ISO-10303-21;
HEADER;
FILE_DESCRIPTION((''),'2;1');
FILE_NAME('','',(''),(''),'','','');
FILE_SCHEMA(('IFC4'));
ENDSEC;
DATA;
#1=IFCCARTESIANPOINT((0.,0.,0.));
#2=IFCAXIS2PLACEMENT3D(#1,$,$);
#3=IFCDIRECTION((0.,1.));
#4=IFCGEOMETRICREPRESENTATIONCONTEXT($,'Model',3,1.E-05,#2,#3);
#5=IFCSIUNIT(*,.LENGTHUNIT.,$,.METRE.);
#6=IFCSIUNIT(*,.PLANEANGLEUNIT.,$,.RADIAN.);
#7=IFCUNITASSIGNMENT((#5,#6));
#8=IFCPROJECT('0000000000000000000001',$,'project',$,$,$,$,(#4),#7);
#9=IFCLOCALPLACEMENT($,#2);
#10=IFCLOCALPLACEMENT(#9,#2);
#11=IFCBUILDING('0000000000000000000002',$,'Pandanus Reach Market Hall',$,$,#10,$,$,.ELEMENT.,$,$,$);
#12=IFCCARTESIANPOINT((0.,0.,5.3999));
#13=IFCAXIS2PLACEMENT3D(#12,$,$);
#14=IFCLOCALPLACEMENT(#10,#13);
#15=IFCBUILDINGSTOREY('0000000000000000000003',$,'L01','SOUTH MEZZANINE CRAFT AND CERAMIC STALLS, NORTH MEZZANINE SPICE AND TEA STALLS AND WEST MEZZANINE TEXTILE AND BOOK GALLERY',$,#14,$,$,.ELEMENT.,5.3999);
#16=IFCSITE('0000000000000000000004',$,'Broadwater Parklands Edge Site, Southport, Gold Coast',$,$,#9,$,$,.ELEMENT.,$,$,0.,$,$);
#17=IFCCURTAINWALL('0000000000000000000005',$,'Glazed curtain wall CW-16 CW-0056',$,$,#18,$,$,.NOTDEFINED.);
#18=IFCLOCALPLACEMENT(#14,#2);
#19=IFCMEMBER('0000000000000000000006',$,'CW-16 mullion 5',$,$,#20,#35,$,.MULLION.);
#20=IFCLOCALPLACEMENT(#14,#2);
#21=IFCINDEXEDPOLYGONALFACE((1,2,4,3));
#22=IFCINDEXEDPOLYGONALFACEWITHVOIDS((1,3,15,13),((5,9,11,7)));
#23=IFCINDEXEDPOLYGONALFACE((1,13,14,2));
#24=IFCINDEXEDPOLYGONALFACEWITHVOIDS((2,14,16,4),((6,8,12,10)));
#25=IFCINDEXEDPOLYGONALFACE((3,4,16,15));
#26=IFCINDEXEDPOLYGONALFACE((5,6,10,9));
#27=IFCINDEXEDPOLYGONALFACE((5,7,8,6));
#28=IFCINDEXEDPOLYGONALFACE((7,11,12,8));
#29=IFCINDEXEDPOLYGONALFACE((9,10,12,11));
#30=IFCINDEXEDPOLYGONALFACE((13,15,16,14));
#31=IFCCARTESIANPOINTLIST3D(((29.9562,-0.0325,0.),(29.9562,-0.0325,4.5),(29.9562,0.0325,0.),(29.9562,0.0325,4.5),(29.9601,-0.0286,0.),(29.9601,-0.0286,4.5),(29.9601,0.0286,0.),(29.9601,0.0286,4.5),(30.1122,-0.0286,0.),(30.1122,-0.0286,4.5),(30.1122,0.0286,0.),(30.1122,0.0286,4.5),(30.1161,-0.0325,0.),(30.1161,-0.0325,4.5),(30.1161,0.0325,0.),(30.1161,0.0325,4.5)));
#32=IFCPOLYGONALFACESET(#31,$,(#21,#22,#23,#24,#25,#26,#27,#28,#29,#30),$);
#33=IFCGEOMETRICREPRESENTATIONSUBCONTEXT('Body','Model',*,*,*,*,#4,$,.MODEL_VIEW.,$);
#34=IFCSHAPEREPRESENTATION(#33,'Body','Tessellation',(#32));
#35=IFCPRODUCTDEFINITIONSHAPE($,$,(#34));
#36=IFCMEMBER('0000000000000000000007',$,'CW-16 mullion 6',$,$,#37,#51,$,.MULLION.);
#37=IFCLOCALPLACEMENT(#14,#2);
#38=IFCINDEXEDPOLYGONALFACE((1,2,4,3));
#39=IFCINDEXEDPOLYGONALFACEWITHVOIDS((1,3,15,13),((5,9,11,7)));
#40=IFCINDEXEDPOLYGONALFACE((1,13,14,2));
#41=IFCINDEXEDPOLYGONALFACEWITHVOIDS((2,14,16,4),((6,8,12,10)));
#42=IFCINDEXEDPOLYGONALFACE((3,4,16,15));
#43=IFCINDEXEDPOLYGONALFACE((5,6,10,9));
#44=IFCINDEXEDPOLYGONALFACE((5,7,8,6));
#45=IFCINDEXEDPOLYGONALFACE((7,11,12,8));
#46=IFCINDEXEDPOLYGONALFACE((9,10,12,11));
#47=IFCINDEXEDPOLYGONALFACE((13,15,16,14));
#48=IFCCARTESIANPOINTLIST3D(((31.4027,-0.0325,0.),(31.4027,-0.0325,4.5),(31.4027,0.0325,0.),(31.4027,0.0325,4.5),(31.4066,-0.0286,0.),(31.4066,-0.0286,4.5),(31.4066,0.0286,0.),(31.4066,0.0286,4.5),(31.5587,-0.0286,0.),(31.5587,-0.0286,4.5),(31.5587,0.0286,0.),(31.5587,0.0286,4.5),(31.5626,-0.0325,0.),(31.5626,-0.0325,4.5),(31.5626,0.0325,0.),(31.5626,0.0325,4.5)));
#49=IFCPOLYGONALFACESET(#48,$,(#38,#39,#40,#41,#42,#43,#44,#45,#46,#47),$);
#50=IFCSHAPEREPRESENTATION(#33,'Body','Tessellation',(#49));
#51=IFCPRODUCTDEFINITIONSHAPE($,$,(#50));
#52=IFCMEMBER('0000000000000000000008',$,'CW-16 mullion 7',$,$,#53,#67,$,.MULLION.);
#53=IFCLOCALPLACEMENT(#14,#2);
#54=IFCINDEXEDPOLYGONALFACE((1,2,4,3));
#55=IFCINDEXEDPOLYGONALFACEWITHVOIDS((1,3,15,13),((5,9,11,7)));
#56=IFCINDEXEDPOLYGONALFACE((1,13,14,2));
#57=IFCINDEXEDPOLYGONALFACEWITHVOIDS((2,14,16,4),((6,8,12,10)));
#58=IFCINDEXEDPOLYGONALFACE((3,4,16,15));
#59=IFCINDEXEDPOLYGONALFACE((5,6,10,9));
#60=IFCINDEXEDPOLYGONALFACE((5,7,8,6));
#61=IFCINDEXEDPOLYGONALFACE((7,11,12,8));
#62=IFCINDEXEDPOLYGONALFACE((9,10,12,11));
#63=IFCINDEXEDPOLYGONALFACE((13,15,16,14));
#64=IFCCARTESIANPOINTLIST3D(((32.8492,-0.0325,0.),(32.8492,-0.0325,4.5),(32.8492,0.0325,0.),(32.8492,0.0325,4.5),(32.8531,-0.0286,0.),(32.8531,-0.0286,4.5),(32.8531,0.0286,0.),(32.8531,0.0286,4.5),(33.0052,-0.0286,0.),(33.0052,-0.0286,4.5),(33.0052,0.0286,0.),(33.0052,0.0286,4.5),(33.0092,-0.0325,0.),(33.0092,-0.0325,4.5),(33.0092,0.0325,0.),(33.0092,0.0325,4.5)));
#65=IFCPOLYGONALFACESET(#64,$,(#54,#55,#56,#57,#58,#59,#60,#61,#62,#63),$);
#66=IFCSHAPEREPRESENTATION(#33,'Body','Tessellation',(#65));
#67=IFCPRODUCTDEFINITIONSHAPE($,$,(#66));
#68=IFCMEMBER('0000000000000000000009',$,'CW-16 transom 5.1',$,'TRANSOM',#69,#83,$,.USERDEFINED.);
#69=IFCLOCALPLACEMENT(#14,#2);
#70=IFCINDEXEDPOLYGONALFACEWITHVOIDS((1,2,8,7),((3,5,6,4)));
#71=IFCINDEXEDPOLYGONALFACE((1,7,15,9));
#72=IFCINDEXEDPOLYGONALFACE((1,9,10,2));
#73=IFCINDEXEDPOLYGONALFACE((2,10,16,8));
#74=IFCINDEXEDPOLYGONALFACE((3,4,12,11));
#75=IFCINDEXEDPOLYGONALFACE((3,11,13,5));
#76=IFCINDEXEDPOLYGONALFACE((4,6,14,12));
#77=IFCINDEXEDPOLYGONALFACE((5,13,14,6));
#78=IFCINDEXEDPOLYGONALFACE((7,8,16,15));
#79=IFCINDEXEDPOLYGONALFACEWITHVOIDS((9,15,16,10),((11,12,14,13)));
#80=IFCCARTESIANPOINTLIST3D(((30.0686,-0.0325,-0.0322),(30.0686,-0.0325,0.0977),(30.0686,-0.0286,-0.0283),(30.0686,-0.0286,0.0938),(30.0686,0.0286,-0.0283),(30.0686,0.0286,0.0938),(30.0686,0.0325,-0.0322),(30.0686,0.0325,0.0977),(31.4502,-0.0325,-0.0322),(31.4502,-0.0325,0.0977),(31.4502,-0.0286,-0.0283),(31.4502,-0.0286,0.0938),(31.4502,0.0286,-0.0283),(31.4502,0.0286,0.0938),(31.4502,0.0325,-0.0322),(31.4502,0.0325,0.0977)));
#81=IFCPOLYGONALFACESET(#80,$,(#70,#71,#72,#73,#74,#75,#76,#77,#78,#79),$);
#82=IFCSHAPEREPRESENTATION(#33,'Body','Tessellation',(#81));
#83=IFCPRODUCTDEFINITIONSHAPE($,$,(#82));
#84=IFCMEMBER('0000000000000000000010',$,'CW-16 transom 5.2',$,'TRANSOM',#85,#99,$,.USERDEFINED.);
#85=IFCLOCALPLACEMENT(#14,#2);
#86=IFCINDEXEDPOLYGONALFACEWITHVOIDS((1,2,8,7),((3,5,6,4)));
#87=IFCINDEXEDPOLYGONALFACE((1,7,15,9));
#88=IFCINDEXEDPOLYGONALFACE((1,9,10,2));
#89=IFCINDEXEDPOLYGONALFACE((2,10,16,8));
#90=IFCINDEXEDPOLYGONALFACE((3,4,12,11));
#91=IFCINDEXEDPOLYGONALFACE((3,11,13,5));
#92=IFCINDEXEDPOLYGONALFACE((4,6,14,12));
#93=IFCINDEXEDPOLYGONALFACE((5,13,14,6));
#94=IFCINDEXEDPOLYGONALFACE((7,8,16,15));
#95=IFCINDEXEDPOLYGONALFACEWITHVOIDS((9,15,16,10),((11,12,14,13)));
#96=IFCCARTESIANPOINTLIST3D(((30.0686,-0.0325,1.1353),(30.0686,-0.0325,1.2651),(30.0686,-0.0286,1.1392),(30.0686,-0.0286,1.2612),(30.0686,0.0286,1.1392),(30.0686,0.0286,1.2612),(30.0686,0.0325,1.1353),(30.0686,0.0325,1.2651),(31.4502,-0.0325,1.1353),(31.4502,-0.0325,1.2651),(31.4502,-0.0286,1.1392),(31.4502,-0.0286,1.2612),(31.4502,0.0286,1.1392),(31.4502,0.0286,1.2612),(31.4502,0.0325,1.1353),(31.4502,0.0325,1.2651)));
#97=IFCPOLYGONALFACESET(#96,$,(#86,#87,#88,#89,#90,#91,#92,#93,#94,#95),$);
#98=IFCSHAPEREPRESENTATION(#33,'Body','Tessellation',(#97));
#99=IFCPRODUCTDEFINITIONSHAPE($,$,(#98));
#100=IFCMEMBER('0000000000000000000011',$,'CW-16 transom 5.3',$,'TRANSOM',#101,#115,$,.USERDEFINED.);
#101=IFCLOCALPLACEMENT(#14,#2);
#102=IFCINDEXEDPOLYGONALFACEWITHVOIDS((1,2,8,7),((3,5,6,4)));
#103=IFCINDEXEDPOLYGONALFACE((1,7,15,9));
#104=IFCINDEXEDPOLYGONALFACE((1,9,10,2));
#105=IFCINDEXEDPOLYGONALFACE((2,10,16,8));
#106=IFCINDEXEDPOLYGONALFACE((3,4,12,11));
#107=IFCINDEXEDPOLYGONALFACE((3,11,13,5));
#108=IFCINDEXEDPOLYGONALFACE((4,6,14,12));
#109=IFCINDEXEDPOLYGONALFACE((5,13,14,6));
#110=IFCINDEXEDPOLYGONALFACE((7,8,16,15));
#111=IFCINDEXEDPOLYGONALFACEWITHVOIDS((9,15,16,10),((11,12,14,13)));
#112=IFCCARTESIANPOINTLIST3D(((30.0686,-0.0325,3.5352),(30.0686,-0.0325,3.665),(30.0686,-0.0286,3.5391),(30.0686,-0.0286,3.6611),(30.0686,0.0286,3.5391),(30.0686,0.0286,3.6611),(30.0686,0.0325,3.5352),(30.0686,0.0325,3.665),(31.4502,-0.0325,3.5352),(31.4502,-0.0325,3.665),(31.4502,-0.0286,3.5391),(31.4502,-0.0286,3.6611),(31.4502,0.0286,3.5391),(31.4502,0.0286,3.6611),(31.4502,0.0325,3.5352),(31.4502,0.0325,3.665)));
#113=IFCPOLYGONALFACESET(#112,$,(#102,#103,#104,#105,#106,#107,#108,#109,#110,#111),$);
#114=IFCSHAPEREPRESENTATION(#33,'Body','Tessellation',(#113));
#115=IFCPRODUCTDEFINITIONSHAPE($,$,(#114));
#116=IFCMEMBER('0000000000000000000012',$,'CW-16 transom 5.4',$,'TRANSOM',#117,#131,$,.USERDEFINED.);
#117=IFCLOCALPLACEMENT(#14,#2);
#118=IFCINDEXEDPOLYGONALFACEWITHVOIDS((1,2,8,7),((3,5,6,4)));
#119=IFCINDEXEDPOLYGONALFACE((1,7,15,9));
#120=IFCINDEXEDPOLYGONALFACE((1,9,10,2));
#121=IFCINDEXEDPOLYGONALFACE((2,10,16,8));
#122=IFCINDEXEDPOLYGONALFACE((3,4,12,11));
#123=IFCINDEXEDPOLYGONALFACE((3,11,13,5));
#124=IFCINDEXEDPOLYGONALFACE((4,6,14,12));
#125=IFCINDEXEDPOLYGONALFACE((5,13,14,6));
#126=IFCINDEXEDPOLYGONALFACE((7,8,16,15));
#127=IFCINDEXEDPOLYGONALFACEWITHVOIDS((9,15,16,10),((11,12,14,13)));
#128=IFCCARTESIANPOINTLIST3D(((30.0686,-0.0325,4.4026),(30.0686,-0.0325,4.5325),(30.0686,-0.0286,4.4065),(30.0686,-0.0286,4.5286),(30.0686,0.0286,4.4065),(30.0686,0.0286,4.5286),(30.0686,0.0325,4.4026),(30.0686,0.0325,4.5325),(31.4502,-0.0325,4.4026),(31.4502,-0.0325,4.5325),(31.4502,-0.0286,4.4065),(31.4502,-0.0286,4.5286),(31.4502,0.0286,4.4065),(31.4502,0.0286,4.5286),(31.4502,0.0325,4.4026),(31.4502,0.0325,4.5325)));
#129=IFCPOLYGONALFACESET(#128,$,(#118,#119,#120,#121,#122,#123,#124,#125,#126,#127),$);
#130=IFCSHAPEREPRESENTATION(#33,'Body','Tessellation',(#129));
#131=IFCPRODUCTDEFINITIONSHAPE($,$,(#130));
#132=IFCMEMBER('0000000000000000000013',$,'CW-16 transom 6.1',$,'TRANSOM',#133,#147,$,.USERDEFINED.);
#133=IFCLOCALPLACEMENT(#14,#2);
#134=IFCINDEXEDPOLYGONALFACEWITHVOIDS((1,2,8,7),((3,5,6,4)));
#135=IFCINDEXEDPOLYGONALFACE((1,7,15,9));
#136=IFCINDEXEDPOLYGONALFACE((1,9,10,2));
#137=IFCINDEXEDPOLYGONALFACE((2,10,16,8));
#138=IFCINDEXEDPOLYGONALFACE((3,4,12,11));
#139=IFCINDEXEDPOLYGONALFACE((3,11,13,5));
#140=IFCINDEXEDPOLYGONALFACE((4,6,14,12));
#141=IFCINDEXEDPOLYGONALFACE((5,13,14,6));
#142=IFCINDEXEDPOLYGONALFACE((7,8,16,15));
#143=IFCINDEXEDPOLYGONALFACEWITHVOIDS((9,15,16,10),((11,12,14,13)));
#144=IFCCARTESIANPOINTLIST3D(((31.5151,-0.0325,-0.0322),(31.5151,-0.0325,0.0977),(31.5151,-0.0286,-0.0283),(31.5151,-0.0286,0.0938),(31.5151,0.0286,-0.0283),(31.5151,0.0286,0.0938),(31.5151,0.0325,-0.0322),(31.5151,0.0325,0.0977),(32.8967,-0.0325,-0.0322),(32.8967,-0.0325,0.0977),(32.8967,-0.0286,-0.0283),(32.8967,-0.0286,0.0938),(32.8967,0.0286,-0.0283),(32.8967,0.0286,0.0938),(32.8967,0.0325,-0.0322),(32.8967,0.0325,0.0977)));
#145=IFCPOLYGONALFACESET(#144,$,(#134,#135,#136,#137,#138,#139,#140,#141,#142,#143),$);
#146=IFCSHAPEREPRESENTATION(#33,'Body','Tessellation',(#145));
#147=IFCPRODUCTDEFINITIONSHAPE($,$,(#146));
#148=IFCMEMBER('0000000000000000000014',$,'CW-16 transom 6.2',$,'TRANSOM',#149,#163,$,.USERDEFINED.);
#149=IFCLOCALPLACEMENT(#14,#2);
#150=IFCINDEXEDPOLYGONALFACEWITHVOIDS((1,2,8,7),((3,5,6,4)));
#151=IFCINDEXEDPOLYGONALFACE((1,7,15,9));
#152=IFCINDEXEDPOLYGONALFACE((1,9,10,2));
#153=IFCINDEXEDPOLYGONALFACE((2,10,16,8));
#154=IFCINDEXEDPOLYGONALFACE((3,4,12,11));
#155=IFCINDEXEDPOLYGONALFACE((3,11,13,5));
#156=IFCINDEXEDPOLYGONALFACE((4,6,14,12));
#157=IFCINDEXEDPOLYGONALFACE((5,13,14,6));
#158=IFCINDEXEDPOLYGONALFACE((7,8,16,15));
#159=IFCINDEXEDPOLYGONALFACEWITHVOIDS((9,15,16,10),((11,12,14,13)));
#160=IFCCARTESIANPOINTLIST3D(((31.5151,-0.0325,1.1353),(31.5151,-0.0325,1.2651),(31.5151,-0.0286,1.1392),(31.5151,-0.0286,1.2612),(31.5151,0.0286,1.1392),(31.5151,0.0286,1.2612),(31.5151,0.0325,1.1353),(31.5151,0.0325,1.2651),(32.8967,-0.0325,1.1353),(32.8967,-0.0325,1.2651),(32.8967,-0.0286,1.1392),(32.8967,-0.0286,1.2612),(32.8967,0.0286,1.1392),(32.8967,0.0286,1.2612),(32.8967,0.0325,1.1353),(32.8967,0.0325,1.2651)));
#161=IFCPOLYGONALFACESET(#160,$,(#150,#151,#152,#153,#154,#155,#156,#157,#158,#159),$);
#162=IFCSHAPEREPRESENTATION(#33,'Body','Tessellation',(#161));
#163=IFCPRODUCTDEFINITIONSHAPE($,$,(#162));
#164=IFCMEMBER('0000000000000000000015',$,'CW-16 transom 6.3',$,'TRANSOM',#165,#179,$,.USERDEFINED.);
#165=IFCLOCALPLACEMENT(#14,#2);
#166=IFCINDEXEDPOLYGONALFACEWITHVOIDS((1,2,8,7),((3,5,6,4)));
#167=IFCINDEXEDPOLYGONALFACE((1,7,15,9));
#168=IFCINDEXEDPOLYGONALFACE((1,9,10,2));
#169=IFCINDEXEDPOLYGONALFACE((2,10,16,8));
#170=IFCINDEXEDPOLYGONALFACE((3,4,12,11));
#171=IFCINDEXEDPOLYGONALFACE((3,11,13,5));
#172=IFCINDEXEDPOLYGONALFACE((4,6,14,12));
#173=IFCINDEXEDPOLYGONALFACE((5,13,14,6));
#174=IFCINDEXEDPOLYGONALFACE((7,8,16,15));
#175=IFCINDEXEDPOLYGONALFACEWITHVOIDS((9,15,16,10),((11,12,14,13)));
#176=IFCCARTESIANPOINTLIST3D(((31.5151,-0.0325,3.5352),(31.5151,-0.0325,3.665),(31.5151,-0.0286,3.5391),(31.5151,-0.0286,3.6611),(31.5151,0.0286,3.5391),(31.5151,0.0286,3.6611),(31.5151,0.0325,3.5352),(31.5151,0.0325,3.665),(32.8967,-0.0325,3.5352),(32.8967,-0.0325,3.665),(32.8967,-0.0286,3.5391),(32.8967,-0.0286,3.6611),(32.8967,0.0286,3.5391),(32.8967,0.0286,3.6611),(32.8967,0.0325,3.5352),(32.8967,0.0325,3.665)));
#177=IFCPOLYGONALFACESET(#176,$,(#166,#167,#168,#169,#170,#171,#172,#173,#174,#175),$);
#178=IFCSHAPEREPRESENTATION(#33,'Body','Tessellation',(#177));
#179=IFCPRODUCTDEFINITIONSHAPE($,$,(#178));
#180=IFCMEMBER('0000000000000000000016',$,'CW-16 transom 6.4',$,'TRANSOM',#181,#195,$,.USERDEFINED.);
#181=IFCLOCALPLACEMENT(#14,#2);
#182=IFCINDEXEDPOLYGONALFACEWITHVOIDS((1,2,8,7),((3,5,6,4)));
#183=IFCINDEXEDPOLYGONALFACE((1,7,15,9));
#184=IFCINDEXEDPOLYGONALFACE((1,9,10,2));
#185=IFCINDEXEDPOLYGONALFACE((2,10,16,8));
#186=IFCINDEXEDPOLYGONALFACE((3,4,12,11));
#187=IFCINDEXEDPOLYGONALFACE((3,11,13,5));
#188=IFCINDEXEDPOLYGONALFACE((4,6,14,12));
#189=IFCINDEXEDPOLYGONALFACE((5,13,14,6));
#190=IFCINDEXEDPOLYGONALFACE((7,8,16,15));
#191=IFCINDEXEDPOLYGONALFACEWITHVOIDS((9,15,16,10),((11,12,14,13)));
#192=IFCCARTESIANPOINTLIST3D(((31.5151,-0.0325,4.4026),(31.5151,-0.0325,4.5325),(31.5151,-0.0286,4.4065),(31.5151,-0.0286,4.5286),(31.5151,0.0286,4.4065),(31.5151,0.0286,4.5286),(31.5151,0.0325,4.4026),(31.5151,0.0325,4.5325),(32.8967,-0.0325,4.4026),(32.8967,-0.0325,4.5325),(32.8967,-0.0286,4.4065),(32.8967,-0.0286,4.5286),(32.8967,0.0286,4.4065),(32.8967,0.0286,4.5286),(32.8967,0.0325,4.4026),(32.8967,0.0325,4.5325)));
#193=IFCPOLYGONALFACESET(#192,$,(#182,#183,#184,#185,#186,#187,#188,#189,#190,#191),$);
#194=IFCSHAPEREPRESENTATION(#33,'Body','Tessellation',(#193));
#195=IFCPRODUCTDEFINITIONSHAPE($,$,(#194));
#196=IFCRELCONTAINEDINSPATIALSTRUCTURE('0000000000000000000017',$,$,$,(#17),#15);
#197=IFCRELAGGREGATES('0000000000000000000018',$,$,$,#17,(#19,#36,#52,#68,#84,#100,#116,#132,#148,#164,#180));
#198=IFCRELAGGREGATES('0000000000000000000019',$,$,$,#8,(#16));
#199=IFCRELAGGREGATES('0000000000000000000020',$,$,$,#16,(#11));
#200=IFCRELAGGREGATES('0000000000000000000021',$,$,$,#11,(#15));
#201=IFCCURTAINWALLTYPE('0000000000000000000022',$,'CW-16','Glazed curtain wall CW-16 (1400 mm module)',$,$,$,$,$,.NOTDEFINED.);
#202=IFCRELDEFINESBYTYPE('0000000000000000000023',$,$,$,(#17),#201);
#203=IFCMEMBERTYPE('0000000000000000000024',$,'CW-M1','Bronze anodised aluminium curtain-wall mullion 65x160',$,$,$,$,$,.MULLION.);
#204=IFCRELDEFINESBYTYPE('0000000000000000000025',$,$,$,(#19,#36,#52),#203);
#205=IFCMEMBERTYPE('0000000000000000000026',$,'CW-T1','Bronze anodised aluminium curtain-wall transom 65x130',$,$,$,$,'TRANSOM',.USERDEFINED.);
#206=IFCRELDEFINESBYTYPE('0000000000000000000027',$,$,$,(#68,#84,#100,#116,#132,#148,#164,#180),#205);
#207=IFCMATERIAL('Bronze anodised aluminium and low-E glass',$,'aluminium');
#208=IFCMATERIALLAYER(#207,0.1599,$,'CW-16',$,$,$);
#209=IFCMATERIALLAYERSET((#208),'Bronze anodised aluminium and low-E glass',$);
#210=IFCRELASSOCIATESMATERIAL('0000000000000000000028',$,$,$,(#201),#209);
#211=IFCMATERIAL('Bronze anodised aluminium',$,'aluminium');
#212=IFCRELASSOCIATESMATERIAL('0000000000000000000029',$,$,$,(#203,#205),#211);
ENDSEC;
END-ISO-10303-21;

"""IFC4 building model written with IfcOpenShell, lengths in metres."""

from ifc_helpers import new_model, si_unit, direction, frame, origin, origin_2d, place, context, subcontext, project, spatial, hollow_rectangle, extrude, material, layer, layer_set, material_profile, profile_set, type_object, element, aggregate, save


model = new_model("IFC4")

# Units and contexts
model_context = context("Model", 3, precision=1e-05, world=origin(), true_north=direction((0.0, 1.0)))
body_context = subcontext(model_context, "Body", "Model", "MODEL_VIEW")
ifc_project = project(units=[si_unit("LENGTHUNIT", "METRE"), si_unit("PLANEANGLEUNIT", "RADIAN")], contexts=[model_context])

# Site, building, storey
site_placement = place(None, origin())
site = spatial("IfcSite", under=ifc_project, at=site_placement, Name="Broadwater Parklands Edge Site, Southport, Gold Coast", CompositionType="ELEMENT", RefElevation=0.0)
building_placement = place(site_placement, origin())
building = spatial("IfcBuilding", under=site, at=building_placement, Name="Pandanus Reach Market Hall", CompositionType="ELEMENT")
storey_placement = place(building_placement, frame((0.0, 0.0, 5.3999)))
storey = spatial("IfcBuildingStorey", under=building, at=storey_placement, Name="L01", Description="SOUTH MEZZANINE CRAFT AND CERAMIC STALLS, NORTH MEZZANINE SPICE AND TEA STALLS AND WEST MEZZANINE TEXTILE AND BOOK GALLERY", CompositionType="ELEMENT", Elevation=5.3999)

# Curtain wall, members
ifc_material_1 = material(Name="Bronze anodised aluminium and low-E glass", Category="aluminium")
ifc_layer_1 = layer(ifc_material_1, 0.1599, Name="CW-16")
ifc_layer_set_1 = layer_set([ifc_layer_1], Name="Bronze anodised aluminium and low-E glass")
curtain_wall_type = type_object("IfcCurtainWallType", Name="CW-16", Description="Glazed curtain wall CW-16 (1400 mm module)", PredefinedType="NOTDEFINED", material=ifc_layer_set_1)
curtain_wall_placement = place(storey_placement, origin())
curtain_wall = element("IfcCurtainWall", 1, at=curtain_wall_placement, inside=storey, type_object=curtain_wall_type, Name="Glazed curtain wall CW-16 CW-0056", PredefinedType="NOTDEFINED")
ifc_material_2 = material(Name="Bronze anodised aluminium", Category="aluminium")
ifc_material_profile_1 = material_profile(ifc_material_2, hollow_rectangle(XDim=0.0649, YDim=0.1599, WallThickness=0.0039, at=origin_2d()), Name="ALU65x160", Category="LoadBearing")
ifc_profile_set_1 = profile_set([ifc_material_profile_1], Name="Bronze anodised aluminium")
member_type_1 = type_object("IfcMemberType", Name="CW-M1", Description="Bronze anodised aluminium curtain-wall mullion 65x160", PredefinedType="MULLION", material=ifc_profile_set_1)
member_1_placement = place(storey_placement, frame((30.0361, 0.0, 0.0), z_axis=(0.0, 0.0, 1.0), x_axis=(0.0, 1.0, 0.0)))
member_1 = element("IfcMember", 2, at=member_1_placement, type_object=member_type_1, Name="CW-16 mullion 5", PredefinedType="MULLION", context=body_context, shape_type="SweptSolid", body=[
    extrude(hollow_rectangle(XDim=0.0649, YDim=0.1599, WallThickness=0.0039, at=origin_2d()), origin(), (0.0, 0.0, 1.0), 4.5),
])
member_2_placement = place(storey_placement, frame((31.4827, 0.0, 0.0), z_axis=(0.0, 0.0, 1.0), x_axis=(0.0, 1.0, 0.0)))
member_2 = element("IfcMember", 3, at=member_2_placement, type_object=member_type_1, Name="CW-16 mullion 6", PredefinedType="MULLION", context=body_context, shape_type="SweptSolid", body=[
    extrude(hollow_rectangle(XDim=0.0649, YDim=0.1599, WallThickness=0.0039, at=origin_2d()), origin(), (0.0, 0.0, 1.0), 4.5),
])
member_3_placement = place(storey_placement, frame((32.9292, 0.0, 0.0), z_axis=(0.0, 0.0, 1.0), x_axis=(0.0, 1.0, 0.0)))
member_3 = element("IfcMember", 4, at=member_3_placement, type_object=member_type_1, Name="CW-16 mullion 7", PredefinedType="MULLION", context=body_context, shape_type="SweptSolid", body=[
    extrude(hollow_rectangle(XDim=0.0649, YDim=0.1599, WallThickness=0.0039, at=origin_2d()), origin(), (0.0, 0.0, 1.0), 4.5),
])
ifc_material_profile_2 = material_profile(ifc_material_2, hollow_rectangle(XDim=0.0649, YDim=0.1299, WallThickness=0.0039, at=origin_2d()), Name="ALU65x130", Category="LoadBearing")
ifc_profile_set_2 = profile_set([ifc_material_profile_2], Name="Bronze anodised aluminium")
member_type_2 = type_object("IfcMemberType", Name="CW-T1", Description="Bronze anodised aluminium curtain-wall transom 65x130", ElementType="TRANSOM", PredefinedType="USERDEFINED", material=ifc_profile_set_2)
member_4_placement = place(storey_placement, frame((30.0686, 0.0, 0.0327), z_axis=(1.0, 0.0, 0.0), x_axis=(0.0, 1.0, 0.0)))
member_4 = element("IfcMember", 5, at=member_4_placement, type_object=member_type_2, Name="CW-16 transom 5.1", ObjectType="TRANSOM", PredefinedType="USERDEFINED", context=body_context, shape_type="SweptSolid", body=[
    extrude(hollow_rectangle(XDim=0.0649, YDim=0.1299, WallThickness=0.0039, at=origin_2d()), origin(), (0.0, 0.0, 1.0), 1.3816),
])
member_5_placement = place(storey_placement, frame((30.0686, 0.0, 1.2002), z_axis=(1.0, 0.0, 0.0), x_axis=(0.0, 1.0, 0.0)))
member_5 = element("IfcMember", 6, at=member_5_placement, type_object=member_type_2, Name="CW-16 transom 5.2", ObjectType="TRANSOM", PredefinedType="USERDEFINED", context=body_context, shape_type="SweptSolid", body=[
    extrude(hollow_rectangle(XDim=0.0649, YDim=0.1299, WallThickness=0.0039, at=origin_2d()), origin(), (0.0, 0.0, 1.0), 1.3816),
])
member_6_placement = place(storey_placement, frame((30.0686, 0.0, 3.6001), z_axis=(1.0, 0.0, 0.0), x_axis=(0.0, 1.0, 0.0)))
member_6 = element("IfcMember", 7, at=member_6_placement, type_object=member_type_2, Name="CW-16 transom 5.3", ObjectType="TRANSOM", PredefinedType="USERDEFINED", context=body_context, shape_type="SweptSolid", body=[
    extrude(hollow_rectangle(XDim=0.0649, YDim=0.1299, WallThickness=0.0039, at=origin_2d()), origin(), (0.0, 0.0, 1.0), 1.3816),
])
member_7_placement = place(storey_placement, frame((30.0686, 0.0, 4.4675), z_axis=(1.0, 0.0, 0.0), x_axis=(0.0, 1.0, 0.0)))
member_7 = element("IfcMember", 8, at=member_7_placement, type_object=member_type_2, Name="CW-16 transom 5.4", ObjectType="TRANSOM", PredefinedType="USERDEFINED", context=body_context, shape_type="SweptSolid", body=[
    extrude(hollow_rectangle(XDim=0.0649, YDim=0.1299, WallThickness=0.0039, at=origin_2d()), origin(), (0.0, 0.0, 1.0), 1.3816),
])
member_8_placement = place(storey_placement, frame((31.5151, 0.0, 0.0327), z_axis=(1.0, 0.0, 0.0), x_axis=(0.0, 1.0, 0.0)))
member_8 = element("IfcMember", 9, at=member_8_placement, type_object=member_type_2, Name="CW-16 transom 6.1", ObjectType="TRANSOM", PredefinedType="USERDEFINED", context=body_context, shape_type="SweptSolid", body=[
    extrude(hollow_rectangle(XDim=0.0649, YDim=0.1299, WallThickness=0.0039, at=origin_2d()), origin(), (0.0, 0.0, 1.0), 1.3816),
])
member_9_placement = place(storey_placement, frame((31.5151, 0.0, 1.2002), z_axis=(1.0, 0.0, 0.0), x_axis=(0.0, 1.0, 0.0)))
member_9 = element("IfcMember", 10, at=member_9_placement, type_object=member_type_2, Name="CW-16 transom 6.2", ObjectType="TRANSOM", PredefinedType="USERDEFINED", context=body_context, shape_type="SweptSolid", body=[
    extrude(hollow_rectangle(XDim=0.0649, YDim=0.1299, WallThickness=0.0039, at=origin_2d()), origin(), (0.0, 0.0, 1.0), 1.3816),
])
member_10_placement = place(storey_placement, frame((31.5151, 0.0, 3.6001), z_axis=(1.0, 0.0, 0.0), x_axis=(0.0, 1.0, 0.0)))
member_10 = element("IfcMember", 11, at=member_10_placement, type_object=member_type_2, Name="CW-16 transom 6.3", ObjectType="TRANSOM", PredefinedType="USERDEFINED", context=body_context, shape_type="SweptSolid", body=[
    extrude(hollow_rectangle(XDim=0.0649, YDim=0.1299, WallThickness=0.0039, at=origin_2d()), origin(), (0.0, 0.0, 1.0), 1.3816),
])
member_11_placement = place(storey_placement, frame((31.5151, 0.0, 4.4675), z_axis=(1.0, 0.0, 0.0), x_axis=(0.0, 1.0, 0.0)))
member_11 = element("IfcMember", 12, at=member_11_placement, type_object=member_type_2, Name="CW-16 transom 6.4", ObjectType="TRANSOM", PredefinedType="USERDEFINED", context=body_context, shape_type="SweptSolid", body=[
    extrude(hollow_rectangle(XDim=0.0649, YDim=0.1299, WallThickness=0.0039, at=origin_2d()), origin(), (0.0, 0.0, 1.0), 1.3816),
])

aggregate(curtain_wall, [member_1, member_2, member_3, member_4, member_5, member_6, member_7, member_8, member_9, member_10, member_11])

save(model, "model.ifc")
